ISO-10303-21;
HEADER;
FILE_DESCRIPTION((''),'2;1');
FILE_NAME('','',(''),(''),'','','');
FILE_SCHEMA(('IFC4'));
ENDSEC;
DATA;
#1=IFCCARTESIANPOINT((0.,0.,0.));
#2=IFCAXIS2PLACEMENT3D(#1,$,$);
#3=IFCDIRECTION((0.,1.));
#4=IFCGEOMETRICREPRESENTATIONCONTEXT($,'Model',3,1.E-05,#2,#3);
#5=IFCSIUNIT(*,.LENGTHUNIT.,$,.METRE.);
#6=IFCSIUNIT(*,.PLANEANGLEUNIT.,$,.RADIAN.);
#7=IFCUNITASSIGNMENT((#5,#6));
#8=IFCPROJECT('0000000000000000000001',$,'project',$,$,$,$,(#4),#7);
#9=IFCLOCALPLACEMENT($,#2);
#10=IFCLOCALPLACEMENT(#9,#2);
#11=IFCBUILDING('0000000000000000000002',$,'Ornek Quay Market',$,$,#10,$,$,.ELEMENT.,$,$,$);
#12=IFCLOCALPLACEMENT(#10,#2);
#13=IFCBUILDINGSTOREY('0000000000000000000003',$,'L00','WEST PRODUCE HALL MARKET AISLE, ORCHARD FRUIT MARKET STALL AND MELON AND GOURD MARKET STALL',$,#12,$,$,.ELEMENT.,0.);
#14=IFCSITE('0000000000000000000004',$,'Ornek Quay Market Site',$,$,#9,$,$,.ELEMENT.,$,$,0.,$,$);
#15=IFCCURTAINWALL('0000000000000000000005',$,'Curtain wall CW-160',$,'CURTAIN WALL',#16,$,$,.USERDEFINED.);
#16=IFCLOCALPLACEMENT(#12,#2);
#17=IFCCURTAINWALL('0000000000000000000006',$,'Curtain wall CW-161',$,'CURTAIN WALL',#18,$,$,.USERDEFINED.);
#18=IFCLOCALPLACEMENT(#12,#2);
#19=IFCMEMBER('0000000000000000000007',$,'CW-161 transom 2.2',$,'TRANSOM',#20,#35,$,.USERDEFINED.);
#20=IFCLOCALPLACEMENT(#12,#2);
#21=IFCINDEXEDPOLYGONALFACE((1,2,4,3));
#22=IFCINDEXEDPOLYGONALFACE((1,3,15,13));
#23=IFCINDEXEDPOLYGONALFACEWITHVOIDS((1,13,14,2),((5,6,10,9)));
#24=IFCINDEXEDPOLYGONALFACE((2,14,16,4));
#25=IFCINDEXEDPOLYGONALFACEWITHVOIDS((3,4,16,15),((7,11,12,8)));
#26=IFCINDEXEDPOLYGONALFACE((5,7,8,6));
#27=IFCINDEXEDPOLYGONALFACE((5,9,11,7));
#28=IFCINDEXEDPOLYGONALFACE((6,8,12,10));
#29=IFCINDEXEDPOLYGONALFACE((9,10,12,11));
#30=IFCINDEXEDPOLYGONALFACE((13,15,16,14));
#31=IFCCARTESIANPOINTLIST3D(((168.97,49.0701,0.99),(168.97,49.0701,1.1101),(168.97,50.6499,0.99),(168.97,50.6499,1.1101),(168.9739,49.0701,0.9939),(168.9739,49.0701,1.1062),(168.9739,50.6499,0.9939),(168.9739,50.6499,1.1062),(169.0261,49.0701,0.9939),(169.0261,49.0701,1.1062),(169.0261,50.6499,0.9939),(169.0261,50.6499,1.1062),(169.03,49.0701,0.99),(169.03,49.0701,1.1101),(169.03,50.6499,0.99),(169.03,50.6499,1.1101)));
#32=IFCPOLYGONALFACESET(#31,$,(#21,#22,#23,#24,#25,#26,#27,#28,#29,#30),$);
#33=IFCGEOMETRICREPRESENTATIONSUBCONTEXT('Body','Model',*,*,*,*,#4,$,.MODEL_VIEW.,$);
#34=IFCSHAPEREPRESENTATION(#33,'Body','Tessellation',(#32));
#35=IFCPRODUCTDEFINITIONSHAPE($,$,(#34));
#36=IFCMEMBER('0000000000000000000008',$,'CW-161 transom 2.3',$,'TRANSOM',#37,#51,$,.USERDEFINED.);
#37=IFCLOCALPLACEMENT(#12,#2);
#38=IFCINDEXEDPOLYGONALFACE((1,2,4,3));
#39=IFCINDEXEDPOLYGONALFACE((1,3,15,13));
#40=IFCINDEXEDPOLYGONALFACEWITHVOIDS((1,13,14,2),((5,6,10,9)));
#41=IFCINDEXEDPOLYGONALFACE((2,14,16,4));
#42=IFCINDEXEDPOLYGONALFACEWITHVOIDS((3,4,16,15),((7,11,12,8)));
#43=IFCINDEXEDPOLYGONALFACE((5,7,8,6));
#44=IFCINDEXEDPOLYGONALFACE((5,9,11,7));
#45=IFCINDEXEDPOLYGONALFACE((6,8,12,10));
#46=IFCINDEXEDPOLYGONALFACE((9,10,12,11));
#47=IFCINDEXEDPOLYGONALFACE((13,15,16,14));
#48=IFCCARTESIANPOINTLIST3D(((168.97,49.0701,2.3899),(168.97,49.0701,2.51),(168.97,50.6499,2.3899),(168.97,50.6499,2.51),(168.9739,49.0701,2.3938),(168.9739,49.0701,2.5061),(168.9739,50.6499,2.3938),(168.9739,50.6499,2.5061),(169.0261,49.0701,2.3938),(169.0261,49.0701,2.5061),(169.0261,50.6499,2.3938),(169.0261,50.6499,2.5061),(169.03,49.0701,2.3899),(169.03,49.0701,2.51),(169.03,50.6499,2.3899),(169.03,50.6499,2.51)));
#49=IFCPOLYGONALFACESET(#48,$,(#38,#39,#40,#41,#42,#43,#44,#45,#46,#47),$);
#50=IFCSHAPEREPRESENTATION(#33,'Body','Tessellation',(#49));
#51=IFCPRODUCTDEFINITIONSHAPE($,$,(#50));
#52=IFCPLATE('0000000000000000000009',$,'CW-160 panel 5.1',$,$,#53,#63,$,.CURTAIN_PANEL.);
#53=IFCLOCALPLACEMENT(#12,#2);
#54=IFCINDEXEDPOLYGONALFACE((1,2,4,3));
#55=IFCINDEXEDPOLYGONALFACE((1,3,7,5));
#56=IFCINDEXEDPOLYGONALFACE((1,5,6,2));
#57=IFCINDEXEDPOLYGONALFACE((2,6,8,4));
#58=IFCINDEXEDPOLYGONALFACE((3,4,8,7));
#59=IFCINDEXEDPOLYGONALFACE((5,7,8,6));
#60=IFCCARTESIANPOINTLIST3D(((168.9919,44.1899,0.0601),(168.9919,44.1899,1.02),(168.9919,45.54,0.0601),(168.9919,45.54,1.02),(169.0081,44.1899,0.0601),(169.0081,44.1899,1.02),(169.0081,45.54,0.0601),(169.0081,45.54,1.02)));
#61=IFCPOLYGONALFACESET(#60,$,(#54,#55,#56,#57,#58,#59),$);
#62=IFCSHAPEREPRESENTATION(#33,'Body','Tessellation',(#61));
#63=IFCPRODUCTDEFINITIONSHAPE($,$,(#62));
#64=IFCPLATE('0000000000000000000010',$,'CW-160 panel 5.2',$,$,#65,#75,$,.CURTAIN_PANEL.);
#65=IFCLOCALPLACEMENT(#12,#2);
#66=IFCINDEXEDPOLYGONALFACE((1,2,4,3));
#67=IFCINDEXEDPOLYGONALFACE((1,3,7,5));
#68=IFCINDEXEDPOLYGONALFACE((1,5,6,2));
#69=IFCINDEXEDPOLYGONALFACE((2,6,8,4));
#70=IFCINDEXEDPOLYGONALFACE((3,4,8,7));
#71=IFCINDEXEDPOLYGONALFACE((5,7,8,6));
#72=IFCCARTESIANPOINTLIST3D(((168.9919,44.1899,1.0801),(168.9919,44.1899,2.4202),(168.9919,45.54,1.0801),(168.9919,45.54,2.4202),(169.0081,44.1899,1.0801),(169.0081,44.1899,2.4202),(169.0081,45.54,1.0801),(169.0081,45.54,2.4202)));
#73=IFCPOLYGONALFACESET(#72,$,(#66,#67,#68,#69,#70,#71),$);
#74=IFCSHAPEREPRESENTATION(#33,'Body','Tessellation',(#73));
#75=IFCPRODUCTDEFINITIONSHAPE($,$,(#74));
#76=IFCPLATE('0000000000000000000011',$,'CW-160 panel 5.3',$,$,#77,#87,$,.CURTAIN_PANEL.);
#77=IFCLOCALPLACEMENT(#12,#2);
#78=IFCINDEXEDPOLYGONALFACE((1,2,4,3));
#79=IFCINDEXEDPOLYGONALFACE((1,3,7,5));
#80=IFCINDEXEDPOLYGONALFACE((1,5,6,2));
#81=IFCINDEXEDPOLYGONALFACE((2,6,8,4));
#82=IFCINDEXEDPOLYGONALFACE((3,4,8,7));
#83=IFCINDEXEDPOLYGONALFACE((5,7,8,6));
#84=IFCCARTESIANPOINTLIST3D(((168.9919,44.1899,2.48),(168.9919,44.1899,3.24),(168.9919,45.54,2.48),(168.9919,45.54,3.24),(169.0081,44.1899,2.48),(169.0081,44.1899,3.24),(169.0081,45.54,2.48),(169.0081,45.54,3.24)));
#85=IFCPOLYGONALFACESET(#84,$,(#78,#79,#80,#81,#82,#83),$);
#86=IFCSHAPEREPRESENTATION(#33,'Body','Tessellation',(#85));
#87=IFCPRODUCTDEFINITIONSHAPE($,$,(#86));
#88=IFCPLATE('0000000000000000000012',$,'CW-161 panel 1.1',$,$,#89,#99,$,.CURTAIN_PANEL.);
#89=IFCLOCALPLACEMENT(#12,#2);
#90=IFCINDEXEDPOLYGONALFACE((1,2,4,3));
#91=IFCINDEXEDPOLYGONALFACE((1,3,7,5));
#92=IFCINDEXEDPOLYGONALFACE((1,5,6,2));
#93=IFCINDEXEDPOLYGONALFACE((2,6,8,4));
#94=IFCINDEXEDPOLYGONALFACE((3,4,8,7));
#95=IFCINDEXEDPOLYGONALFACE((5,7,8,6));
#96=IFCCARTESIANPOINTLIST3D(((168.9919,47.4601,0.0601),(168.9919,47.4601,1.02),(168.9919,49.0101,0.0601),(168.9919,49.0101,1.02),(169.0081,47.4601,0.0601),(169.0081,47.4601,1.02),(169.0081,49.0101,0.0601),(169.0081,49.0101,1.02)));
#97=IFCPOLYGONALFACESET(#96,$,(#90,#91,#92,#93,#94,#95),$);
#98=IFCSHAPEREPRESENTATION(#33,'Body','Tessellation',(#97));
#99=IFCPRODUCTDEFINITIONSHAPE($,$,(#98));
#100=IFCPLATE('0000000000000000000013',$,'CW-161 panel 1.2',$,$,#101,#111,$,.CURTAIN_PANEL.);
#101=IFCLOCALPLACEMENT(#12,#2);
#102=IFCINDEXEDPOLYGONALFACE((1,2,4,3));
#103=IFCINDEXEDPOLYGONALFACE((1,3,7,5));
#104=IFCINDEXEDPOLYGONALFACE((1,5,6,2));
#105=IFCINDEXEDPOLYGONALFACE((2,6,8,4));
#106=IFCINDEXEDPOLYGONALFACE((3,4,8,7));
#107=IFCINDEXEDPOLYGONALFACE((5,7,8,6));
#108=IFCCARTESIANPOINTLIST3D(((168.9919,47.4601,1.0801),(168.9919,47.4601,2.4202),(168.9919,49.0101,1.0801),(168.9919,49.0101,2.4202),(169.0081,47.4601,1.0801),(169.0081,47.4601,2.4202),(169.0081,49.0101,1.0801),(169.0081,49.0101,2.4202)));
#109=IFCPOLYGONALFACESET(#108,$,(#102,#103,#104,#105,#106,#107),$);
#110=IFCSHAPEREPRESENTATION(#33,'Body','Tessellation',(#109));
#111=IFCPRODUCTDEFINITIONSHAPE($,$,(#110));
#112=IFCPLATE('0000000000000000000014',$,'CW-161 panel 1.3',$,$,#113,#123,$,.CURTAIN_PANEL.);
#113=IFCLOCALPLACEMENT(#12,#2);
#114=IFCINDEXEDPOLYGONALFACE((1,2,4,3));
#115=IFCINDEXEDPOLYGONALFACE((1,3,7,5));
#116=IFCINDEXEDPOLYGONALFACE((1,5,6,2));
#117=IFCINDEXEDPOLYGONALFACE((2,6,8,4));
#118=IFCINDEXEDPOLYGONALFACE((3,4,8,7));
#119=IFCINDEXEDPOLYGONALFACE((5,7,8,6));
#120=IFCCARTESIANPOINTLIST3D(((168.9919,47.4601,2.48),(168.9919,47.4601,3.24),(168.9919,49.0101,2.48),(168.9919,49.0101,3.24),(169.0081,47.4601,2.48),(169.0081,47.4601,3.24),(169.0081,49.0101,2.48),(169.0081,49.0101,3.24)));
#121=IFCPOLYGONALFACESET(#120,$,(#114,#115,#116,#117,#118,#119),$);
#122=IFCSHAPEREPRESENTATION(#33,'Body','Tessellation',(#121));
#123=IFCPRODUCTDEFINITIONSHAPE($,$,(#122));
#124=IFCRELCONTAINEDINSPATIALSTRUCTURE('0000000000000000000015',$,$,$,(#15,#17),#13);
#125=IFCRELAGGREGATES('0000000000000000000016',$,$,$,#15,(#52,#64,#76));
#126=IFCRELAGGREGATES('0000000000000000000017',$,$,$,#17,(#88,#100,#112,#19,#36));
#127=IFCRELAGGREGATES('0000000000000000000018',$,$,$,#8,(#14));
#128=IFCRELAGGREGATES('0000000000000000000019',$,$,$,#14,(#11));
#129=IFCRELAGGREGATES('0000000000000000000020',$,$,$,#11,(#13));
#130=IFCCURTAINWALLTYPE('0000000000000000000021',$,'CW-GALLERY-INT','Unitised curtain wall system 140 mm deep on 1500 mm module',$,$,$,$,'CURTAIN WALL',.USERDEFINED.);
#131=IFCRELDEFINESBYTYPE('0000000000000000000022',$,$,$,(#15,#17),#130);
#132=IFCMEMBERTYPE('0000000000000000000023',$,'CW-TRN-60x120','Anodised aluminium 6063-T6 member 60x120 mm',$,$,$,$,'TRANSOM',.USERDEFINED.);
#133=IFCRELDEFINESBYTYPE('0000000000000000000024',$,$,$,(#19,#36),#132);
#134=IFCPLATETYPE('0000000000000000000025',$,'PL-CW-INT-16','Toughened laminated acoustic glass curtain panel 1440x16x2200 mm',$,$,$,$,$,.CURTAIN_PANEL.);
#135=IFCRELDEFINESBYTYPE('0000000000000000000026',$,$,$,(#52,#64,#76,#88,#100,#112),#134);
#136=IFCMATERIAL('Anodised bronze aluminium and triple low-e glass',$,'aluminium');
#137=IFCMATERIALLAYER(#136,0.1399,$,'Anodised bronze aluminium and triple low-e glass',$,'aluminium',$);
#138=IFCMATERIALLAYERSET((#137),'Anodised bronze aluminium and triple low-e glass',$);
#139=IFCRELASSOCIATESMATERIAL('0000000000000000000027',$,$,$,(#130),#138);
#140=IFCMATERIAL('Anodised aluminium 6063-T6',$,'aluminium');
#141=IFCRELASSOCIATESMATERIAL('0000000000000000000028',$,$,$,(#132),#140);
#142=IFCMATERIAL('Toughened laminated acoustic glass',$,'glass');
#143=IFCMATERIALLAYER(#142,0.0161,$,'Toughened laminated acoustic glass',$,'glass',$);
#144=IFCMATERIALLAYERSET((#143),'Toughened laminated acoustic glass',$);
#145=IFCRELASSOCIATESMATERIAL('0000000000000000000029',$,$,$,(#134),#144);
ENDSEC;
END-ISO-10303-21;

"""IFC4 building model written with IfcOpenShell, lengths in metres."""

from ifc_helpers import new_model, si_unit, direction, frame, origin, origin_2d, place, context, subcontext, project, spatial, rectangle, hollow_rectangle, extrude, material, layer, layer_set, material_profile, profile_set, type_object, element, aggregate, save


model = new_model("IFC4")

# Units and contexts
model_context = context("Model", 3, precision=1e-05, world=origin(), true_north=direction((0.0, 1.0)))
body_context = subcontext(model_context, "Body", "Model", "MODEL_VIEW")
ifc_project = project(units=[si_unit("LENGTHUNIT", "METRE"), si_unit("PLANEANGLEUNIT", "RADIAN")], contexts=[model_context])

# Site, building, storey
site_placement = place(None, origin())
site = spatial("IfcSite", under=ifc_project, at=site_placement, Name="Ornek Quay Market Site", CompositionType="ELEMENT", RefElevation=0.0)
building_placement = place(site_placement, origin())
building = spatial("IfcBuilding", under=site, at=building_placement, Name="Ornek Quay Market", CompositionType="ELEMENT")
storey_placement = place(building_placement, origin())
storey = spatial("IfcBuildingStorey", under=building, at=storey_placement, Name="L00", Description="WEST PRODUCE HALL MARKET AISLE, ORCHARD FRUIT MARKET STALL AND MELON AND GOURD MARKET STALL", CompositionType="ELEMENT", Elevation=0.0)

# Curtain wall
ifc_material_1 = material(Name="Anodised bronze aluminium and triple low-e glass", Category="aluminium")
ifc_layer_1 = layer(ifc_material_1, 0.1399, Name="Anodised bronze aluminium and triple low-e glass", Category="aluminium")
ifc_layer_set_1 = layer_set([ifc_layer_1], Name="Anodised bronze aluminium and triple low-e glass")
curtain_wall_type = type_object("IfcCurtainWallType", Name="CW-GALLERY-INT", Description="Unitised curtain wall system 140 mm deep on 1500 mm module", ElementType="CURTAIN WALL", PredefinedType="USERDEFINED", material=ifc_layer_set_1)
curtain_wall_1_placement = place(storey_placement, origin())
curtain_wall_1 = element("IfcCurtainWall", 1, at=curtain_wall_1_placement, inside=storey, type_object=curtain_wall_type, Name="Curtain wall CW-160", ObjectType="CURTAIN WALL", PredefinedType="USERDEFINED")
ifc_material_2 = material(Name="Anodised aluminium 6063-T6", Category="aluminium")

# Curtain wall
curtain_wall_2_placement = place(storey_placement, origin())
curtain_wall_2 = element("IfcCurtainWall", 2, at=curtain_wall_2_placement, inside=storey, type_object=curtain_wall_type, Name="Curtain wall CW-161", ObjectType="CURTAIN WALL", PredefinedType="USERDEFINED")

# Members
ifc_material_profile_1 = material_profile(ifc_material_2, hollow_rectangle(XDim=0.0601, YDim=0.1201, WallThickness=0.0039, at=origin_2d()), Name="CW-TRN-60x120", Category="aluminium")
ifc_profile_set_1 = profile_set([ifc_material_profile_1], Name="Anodised aluminium 6063-T6")
member_type_1 = type_object("IfcMemberType", Name="CW-TRN-60x120", Description="Anodised aluminium 6063-T6 member 60x120 mm", ElementType="TRANSOM", PredefinedType="USERDEFINED", material=ifc_profile_set_1)
member_1_placement = place(storey_placement, frame((169.0, 49.0701, 1.05), z_axis=(0.0, 1.0, 0.0), x_axis=(-1.0, 0.0, 0.0)))
member_1 = element("IfcMember", 3, at=member_1_placement, type_object=member_type_1, Name="CW-161 transom 2.2", ObjectType="TRANSOM", PredefinedType="USERDEFINED", context=body_context, shape_type="SweptSolid", body=[
    extrude(hollow_rectangle(XDim=0.0601, YDim=0.1201, WallThickness=0.0039, at=origin_2d()), origin(), (0.0, 0.0, 1.0), 1.5798),
])
member_2_placement = place(storey_placement, frame((169.0, 49.0701, 2.45), z_axis=(0.0, 1.0, 0.0), x_axis=(-1.0, 0.0, 0.0)))
member_2 = element("IfcMember", 4, at=member_2_placement, type_object=member_type_1, Name="CW-161 transom 2.3", ObjectType="TRANSOM", PredefinedType="USERDEFINED", context=body_context, shape_type="SweptSolid", body=[
    extrude(hollow_rectangle(XDim=0.0601, YDim=0.1201, WallThickness=0.0039, at=origin_2d()), origin(), (0.0, 0.0, 1.0), 1.5798),
])

# Plates
ifc_material_3 = material(Name="Toughened laminated acoustic glass", Category="glass")
ifc_layer_2 = layer(ifc_material_3, 0.0161, Name="Toughened laminated acoustic glass", Category="glass")
ifc_layer_set_2 = layer_set([ifc_layer_2], Name="Toughened laminated acoustic glass")
plate_type = type_object("IfcPlateType", Name="PL-CW-INT-16", Description="Toughened laminated acoustic glass curtain panel 1440x16x2200 mm", PredefinedType="CURTAIN_PANEL", material=ifc_layer_set_2)
plate_1_placement = place(storey_placement, frame((169.0, 44.865, 0.0601), z_axis=(0.0, 0.0, 1.0), x_axis=(0.0, 1.0, 0.0)))
plate_1 = element("IfcPlate", 5, at=plate_1_placement, type_object=plate_type, Name="CW-160 panel 5.1", PredefinedType="CURTAIN_PANEL", context=body_context, shape_type="SweptSolid", body=[
    extrude(rectangle(XDim=1.3501, YDim=0.0161, at=origin_2d()), origin(), (0.0, 0.0, 1.0), 0.96),
])
plate_2_placement = place(storey_placement, frame((169.0, 44.865, 1.0801), z_axis=(0.0, 0.0, 1.0), x_axis=(0.0, 1.0, 0.0)))
plate_2 = element("IfcPlate", 6, at=plate_2_placement, type_object=plate_type, Name="CW-160 panel 5.2", PredefinedType="CURTAIN_PANEL", context=body_context, shape_type="SweptSolid", body=[
    extrude(rectangle(XDim=1.3501, YDim=0.0161, at=origin_2d()), origin(), (0.0, 0.0, 1.0), 1.3401),
])
plate_3_placement = place(storey_placement, frame((169.0, 44.865, 2.48), z_axis=(0.0, 0.0, 1.0), x_axis=(0.0, 1.0, 0.0)))
plate_3 = element("IfcPlate", 7, at=plate_3_placement, type_object=plate_type, Name="CW-160 panel 5.3", PredefinedType="CURTAIN_PANEL", context=body_context, shape_type="SweptSolid", body=[
    extrude(rectangle(XDim=1.3501, YDim=0.0161, at=origin_2d()), origin(), (0.0, 0.0, 1.0), 0.76),
])
aggregate(curtain_wall_1, [plate_1, plate_2, plate_3])
plate_4_placement = place(storey_placement, frame((169.0, 48.2351, 0.0601), z_axis=(0.0, 0.0, 1.0), x_axis=(0.0, 1.0, 0.0)))
plate_4 = element("IfcPlate", 8, at=plate_4_placement, type_object=plate_type, Name="CW-161 panel 1.1", PredefinedType="CURTAIN_PANEL", context=body_context, shape_type="SweptSolid", body=[
    extrude(rectangle(XDim=1.55, YDim=0.0161, at=origin_2d()), origin(), (0.0, 0.0, 1.0), 0.96),
])
plate_5_placement = place(storey_placement, frame((169.0, 48.2351, 1.0801), z_axis=(0.0, 0.0, 1.0), x_axis=(0.0, 1.0, 0.0)))
plate_5 = element("IfcPlate", 9, at=plate_5_placement, type_object=plate_type, Name="CW-161 panel 1.2", PredefinedType="CURTAIN_PANEL", context=body_context, shape_type="SweptSolid", body=[
    extrude(rectangle(XDim=1.55, YDim=0.0161, at=origin_2d()), origin(), (0.0, 0.0, 1.0), 1.3401),
])
plate_6_placement = place(storey_placement, frame((169.0, 48.2351, 2.48), z_axis=(0.0, 0.0, 1.0), x_axis=(0.0, 1.0, 0.0)))
plate_6 = element("IfcPlate", 10, at=plate_6_placement, type_object=plate_type, Name="CW-161 panel 1.3", PredefinedType="CURTAIN_PANEL", context=body_context, shape_type="SweptSolid", body=[
    extrude(rectangle(XDim=1.55, YDim=0.0161, at=origin_2d()), origin(), (0.0, 0.0, 1.0), 0.76),
])
aggregate(curtain_wall_2, [plate_4, plate_5, plate_6, member_1, member_2])

save(model, "model.ifc")
